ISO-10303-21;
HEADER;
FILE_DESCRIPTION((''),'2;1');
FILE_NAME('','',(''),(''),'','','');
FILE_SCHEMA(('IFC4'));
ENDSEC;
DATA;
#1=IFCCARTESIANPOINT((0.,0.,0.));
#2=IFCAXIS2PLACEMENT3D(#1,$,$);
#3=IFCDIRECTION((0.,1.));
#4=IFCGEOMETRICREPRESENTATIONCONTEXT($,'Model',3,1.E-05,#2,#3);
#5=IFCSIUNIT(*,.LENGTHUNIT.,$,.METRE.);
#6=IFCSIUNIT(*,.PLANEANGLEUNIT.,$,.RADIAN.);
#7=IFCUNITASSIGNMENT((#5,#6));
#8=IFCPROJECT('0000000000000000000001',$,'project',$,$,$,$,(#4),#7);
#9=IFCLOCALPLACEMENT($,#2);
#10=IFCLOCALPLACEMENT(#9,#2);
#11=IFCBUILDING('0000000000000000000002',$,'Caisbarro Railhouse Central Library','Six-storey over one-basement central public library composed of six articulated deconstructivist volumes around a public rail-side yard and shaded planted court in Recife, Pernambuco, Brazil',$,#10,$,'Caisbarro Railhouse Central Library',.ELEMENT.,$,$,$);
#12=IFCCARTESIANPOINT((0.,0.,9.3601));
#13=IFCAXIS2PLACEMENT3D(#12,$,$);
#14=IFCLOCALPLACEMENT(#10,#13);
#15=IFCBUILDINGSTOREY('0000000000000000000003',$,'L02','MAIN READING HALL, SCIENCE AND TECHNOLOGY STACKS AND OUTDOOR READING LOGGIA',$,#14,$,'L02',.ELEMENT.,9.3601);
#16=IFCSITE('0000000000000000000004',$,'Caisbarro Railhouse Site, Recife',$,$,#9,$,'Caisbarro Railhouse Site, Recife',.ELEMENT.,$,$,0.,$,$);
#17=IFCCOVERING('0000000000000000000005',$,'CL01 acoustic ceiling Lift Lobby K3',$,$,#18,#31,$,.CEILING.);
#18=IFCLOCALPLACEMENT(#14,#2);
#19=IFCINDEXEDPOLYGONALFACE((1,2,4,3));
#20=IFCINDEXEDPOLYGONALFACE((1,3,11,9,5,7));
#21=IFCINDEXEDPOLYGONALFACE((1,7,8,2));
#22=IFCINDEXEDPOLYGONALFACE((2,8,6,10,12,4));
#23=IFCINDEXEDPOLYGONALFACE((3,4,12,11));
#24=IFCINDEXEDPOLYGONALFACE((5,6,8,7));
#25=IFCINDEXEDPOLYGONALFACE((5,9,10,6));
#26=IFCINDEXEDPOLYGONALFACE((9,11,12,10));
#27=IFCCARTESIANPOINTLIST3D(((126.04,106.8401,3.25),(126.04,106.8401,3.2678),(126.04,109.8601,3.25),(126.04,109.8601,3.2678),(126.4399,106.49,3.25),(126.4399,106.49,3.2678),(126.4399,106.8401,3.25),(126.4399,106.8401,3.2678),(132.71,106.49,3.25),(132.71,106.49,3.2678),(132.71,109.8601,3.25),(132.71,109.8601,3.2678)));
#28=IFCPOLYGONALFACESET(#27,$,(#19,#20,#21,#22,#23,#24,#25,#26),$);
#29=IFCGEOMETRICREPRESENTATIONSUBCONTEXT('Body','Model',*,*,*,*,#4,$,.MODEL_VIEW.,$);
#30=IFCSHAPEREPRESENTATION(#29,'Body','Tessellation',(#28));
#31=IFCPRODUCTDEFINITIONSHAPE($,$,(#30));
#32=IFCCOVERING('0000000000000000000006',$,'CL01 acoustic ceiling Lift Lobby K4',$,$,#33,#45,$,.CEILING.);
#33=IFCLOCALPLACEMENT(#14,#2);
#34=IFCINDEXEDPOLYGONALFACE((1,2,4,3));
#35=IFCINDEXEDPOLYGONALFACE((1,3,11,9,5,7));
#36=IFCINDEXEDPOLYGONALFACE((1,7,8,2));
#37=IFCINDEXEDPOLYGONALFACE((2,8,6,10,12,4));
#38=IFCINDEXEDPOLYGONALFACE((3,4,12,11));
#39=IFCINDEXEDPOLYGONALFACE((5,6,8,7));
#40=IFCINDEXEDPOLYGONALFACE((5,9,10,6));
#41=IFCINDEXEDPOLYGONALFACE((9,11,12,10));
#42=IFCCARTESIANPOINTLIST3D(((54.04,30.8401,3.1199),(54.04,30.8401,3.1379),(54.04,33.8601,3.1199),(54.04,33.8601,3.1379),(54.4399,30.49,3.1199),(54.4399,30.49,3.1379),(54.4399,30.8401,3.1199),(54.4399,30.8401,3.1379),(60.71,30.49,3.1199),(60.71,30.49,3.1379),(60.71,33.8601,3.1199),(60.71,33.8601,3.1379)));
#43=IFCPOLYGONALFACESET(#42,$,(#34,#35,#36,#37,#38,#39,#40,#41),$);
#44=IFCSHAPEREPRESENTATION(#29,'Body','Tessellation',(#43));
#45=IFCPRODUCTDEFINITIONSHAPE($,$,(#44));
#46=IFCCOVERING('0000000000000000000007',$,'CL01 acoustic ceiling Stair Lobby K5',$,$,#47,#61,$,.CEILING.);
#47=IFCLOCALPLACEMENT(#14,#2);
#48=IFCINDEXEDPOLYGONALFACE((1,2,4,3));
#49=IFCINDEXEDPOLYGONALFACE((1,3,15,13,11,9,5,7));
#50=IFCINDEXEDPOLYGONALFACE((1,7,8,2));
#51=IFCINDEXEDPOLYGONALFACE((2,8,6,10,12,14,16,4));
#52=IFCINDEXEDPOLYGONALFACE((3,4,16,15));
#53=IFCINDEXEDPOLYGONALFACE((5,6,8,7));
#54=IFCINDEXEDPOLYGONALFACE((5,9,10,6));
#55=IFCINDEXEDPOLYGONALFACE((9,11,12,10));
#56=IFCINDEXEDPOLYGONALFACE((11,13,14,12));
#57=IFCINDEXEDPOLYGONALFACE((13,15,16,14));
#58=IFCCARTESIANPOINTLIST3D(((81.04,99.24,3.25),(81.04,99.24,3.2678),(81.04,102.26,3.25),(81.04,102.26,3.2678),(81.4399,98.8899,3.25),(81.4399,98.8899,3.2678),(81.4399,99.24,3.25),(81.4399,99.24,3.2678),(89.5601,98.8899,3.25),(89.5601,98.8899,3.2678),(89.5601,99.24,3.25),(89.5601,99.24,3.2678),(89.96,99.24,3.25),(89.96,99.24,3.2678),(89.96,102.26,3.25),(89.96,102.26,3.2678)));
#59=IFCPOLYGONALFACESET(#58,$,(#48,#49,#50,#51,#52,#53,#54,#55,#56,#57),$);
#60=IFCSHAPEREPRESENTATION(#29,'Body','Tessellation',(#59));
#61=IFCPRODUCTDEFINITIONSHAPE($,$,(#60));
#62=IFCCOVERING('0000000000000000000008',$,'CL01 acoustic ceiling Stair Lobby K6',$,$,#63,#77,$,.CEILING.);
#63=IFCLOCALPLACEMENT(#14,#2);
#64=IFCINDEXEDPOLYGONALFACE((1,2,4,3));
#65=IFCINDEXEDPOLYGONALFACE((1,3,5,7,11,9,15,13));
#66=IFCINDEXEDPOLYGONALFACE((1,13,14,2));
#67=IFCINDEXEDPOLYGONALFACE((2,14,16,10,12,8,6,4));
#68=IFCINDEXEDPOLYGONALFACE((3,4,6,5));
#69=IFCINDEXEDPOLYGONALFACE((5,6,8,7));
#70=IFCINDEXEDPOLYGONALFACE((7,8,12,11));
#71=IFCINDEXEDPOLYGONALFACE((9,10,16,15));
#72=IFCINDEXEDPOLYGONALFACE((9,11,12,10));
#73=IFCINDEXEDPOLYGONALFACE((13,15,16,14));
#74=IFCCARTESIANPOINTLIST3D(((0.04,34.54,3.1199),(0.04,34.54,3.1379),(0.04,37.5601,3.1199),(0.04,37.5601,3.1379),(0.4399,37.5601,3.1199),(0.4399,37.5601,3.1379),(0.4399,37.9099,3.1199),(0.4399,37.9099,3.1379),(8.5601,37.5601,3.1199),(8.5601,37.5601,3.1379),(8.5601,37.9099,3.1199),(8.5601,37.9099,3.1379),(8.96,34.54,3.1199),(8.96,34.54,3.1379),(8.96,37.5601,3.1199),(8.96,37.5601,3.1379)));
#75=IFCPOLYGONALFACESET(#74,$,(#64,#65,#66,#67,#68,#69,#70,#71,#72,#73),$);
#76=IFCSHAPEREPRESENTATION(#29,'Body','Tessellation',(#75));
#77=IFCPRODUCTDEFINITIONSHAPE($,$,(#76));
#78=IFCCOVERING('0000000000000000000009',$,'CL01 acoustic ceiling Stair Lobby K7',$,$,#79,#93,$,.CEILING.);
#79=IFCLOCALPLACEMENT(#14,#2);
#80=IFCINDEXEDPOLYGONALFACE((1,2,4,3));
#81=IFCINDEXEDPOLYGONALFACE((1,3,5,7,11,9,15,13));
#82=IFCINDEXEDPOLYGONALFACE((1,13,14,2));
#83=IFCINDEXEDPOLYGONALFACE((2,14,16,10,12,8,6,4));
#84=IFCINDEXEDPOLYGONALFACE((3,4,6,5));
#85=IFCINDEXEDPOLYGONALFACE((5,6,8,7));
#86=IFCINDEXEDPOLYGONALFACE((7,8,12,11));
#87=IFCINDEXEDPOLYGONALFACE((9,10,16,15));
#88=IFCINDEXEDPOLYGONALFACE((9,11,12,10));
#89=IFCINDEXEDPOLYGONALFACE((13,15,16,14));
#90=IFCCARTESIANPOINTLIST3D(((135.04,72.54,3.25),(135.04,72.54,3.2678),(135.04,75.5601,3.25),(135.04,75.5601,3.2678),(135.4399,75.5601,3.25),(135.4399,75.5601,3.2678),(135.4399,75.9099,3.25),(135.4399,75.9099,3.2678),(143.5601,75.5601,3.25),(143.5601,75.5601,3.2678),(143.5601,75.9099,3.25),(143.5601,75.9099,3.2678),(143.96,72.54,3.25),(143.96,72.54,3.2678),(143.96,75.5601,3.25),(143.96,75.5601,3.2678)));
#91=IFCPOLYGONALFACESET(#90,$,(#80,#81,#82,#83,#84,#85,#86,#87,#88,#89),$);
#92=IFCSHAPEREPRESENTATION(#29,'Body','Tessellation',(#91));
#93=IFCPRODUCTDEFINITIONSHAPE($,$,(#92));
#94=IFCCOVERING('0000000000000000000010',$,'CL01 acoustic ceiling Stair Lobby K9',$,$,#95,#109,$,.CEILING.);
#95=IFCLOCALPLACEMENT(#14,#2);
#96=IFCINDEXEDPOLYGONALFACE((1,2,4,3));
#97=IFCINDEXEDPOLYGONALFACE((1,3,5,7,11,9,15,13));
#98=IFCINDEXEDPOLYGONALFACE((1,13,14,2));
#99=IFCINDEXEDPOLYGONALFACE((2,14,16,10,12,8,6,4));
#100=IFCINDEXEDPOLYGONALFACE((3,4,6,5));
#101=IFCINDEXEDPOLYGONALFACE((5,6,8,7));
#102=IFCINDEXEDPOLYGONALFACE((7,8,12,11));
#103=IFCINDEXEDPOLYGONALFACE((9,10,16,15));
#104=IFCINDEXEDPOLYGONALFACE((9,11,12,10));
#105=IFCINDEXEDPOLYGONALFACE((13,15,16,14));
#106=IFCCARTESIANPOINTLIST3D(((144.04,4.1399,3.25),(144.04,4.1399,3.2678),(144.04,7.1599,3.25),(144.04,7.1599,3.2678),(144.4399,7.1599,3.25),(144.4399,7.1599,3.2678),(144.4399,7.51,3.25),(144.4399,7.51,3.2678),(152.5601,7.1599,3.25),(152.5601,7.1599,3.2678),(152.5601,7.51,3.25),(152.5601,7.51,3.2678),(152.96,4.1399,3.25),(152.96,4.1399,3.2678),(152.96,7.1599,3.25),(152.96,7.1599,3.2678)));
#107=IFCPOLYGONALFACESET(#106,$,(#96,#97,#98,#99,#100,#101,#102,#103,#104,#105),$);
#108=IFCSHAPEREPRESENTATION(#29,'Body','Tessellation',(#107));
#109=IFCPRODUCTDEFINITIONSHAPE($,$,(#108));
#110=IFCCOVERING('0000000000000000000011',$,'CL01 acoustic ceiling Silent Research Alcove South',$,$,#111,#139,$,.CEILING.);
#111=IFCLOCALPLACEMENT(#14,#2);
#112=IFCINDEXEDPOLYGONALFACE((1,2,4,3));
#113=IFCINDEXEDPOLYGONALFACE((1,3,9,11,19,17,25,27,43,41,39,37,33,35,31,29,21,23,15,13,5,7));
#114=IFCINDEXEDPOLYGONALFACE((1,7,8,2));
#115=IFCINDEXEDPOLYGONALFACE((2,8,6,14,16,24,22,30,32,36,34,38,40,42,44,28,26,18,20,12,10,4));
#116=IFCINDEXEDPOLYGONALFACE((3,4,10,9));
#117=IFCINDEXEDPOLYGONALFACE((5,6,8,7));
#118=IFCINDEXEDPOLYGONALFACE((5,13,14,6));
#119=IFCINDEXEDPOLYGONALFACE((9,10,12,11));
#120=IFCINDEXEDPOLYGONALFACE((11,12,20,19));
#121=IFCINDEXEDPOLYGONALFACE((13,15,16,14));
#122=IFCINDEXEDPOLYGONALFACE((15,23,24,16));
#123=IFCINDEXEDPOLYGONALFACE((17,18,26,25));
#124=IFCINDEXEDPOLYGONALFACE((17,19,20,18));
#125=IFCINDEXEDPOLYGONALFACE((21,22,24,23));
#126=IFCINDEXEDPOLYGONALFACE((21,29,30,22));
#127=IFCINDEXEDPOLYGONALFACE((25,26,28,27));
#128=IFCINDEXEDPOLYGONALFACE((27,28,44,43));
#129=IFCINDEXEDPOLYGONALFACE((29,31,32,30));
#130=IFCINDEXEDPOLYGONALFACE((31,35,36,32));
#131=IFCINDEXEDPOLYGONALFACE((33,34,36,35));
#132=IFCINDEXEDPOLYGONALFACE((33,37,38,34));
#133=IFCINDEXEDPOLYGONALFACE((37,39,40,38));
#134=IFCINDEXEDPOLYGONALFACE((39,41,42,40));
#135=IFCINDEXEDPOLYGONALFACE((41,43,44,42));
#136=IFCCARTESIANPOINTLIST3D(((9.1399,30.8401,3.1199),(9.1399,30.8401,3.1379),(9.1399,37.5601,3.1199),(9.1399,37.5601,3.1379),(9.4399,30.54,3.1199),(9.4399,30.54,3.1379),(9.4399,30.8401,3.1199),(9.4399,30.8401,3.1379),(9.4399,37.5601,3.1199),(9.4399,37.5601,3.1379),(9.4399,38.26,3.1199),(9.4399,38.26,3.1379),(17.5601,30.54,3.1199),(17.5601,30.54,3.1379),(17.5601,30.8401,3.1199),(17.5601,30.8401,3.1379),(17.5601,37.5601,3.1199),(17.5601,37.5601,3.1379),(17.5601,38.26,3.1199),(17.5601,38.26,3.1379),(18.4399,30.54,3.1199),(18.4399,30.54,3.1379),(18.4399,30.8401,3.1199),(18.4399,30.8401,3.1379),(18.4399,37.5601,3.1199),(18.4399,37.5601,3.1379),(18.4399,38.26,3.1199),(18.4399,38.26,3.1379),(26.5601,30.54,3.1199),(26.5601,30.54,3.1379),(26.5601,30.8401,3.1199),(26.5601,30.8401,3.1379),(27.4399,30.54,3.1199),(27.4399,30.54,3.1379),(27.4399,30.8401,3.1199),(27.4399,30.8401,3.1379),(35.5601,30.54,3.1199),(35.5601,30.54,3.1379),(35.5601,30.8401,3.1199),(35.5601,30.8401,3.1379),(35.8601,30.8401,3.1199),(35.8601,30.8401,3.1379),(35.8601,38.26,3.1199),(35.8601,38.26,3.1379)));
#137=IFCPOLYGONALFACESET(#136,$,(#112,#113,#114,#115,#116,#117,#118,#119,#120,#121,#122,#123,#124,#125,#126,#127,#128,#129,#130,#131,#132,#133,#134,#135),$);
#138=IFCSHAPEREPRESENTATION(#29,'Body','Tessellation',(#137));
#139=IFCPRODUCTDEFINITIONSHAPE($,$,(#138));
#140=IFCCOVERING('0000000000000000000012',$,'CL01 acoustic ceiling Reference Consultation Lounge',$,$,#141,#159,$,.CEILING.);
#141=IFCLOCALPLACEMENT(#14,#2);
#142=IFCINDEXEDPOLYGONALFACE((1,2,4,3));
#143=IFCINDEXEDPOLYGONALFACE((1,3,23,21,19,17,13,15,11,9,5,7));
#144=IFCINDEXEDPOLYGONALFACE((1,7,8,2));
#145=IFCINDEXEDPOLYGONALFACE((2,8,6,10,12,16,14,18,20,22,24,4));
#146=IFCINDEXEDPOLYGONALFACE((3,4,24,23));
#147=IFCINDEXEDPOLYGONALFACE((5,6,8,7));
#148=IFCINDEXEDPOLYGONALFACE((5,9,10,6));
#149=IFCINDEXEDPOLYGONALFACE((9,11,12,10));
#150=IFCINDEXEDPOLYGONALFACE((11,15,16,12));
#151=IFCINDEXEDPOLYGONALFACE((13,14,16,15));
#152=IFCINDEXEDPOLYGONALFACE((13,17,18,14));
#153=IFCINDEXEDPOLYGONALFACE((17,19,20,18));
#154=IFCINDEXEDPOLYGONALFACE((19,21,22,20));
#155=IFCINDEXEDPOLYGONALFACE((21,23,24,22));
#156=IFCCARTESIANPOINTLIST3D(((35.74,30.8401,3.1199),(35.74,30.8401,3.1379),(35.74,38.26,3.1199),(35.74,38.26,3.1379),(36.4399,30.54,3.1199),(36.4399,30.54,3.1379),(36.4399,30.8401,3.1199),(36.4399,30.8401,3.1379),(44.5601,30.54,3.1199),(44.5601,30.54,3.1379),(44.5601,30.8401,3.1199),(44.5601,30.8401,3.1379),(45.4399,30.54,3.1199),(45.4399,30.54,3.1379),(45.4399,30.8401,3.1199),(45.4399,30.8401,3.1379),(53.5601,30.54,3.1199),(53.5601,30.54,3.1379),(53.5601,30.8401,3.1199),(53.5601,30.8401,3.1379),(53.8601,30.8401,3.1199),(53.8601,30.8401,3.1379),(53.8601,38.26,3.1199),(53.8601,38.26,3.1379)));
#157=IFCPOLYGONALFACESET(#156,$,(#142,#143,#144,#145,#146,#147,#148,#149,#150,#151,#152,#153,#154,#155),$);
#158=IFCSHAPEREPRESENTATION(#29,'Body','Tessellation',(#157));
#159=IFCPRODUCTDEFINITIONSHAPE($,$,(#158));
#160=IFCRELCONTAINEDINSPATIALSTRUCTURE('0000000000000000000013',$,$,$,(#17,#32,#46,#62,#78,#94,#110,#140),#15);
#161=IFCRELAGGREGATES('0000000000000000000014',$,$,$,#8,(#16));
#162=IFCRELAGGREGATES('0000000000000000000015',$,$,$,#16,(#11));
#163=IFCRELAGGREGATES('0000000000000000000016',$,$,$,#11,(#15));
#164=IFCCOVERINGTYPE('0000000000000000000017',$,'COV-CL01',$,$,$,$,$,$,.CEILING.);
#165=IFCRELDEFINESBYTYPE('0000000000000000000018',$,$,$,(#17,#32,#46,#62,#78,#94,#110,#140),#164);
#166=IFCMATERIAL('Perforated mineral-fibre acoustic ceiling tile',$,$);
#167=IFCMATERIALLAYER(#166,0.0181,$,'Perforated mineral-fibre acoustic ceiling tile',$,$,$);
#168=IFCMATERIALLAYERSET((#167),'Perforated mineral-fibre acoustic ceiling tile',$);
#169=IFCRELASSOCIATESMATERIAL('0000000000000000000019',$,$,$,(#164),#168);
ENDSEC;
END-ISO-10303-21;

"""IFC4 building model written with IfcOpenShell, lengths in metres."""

from ifc_helpers import new_model, si_unit, direction, frame, origin, place, context, subcontext, project, spatial, polyline, outline, extrude, material, layer, layer_set, type_object, element, save


model = new_model("IFC4")

# Units and contexts
model_context = context("Model", 3, precision=1e-05, world=origin(), true_north=direction((0.0, 1.0)))
body_context = subcontext(model_context, "Body", "Model", "MODEL_VIEW")
ifc_project = project(units=[si_unit("LENGTHUNIT", "METRE"), si_unit("PLANEANGLEUNIT", "RADIAN")], contexts=[model_context])

# Site, building, storey
site_placement = place(None, origin())
site = spatial("IfcSite", under=ifc_project, at=site_placement, Name="Caisbarro Railhouse Site, Recife", LongName="Caisbarro Railhouse Site, Recife", CompositionType="ELEMENT", RefElevation=0.0)
building_placement = place(site_placement, origin())
building = spatial("IfcBuilding", under=site, at=building_placement, Name="Caisbarro Railhouse Central Library", Description="Six-storey over one-basement central public library composed of six articulated deconstructivist volumes around a public rail-side yard and shaded planted court in Recife, Pernambuco, Brazil", LongName="Caisbarro Railhouse Central Library", CompositionType="ELEMENT")
storey_placement = place(building_placement, frame((0.0, 0.0, 9.3601)))
storey = spatial("IfcBuildingStorey", under=building, at=storey_placement, Name="L02", Description="MAIN READING HALL, SCIENCE AND TECHNOLOGY STACKS AND OUTDOOR READING LOGGIA", LongName="L02", CompositionType="ELEMENT", Elevation=9.3601)

# Coverings
ifc_material_1 = material(Name="Perforated mineral-fibre acoustic ceiling tile")
ifc_layer_1 = layer(ifc_material_1, 0.0181, Name="Perforated mineral-fibre acoustic ceiling tile")
ifc_layer_set_1 = layer_set([ifc_layer_1], Name="Perforated mineral-fibre acoustic ceiling tile")
covering_type_1 = type_object("IfcCoveringType", Name="COV-CL01", PredefinedType="CEILING", material=ifc_layer_set_1)
covering_1_placement = place(storey_placement, frame((0.0, 0.0, 3.25)))
element("IfcCovering", 1, at=covering_1_placement, inside=storey, type_object=covering_type_1, Name="CL01 acoustic ceiling Lift Lobby K3", PredefinedType="CEILING", context=body_context, shape_type="SweptSolid", body=[
    extrude(outline(polyline([(126.04, 109.8601), (132.71, 109.8601), (132.71, 106.49), (126.4399, 106.49), (126.4399, 106.8401), (126.04, 106.8401), (126.04, 109.8601)])), origin(), (0.0, 0.0, 1.0), 0.0178),
])
covering_2_placement = place(storey_placement, frame((0.0, 0.0, 3.1199)))
element("IfcCovering", 2, at=covering_2_placement, inside=storey, type_object=covering_type_1, Name="CL01 acoustic ceiling Lift Lobby K4", PredefinedType="CEILING", context=body_context, shape_type="SweptSolid", body=[
    extrude(outline(polyline([(54.04, 33.8601), (60.71, 33.8601), (60.71, 30.49), (54.4399, 30.49), (54.4399, 30.8401), (54.04, 30.8401), (54.04, 33.8601)])), origin(), (0.0, 0.0, 1.0), 0.0181),
])
covering_3_placement = place(storey_placement, frame((0.0, 0.0, 3.25)))
element("IfcCovering", 3, at=covering_3_placement, inside=storey, type_object=covering_type_1, Name="CL01 acoustic ceiling Stair Lobby K5", PredefinedType="CEILING", context=body_context, shape_type="SweptSolid", body=[
    extrude(outline(polyline([(89.96, 102.26), (89.96, 99.24), (89.5601, 99.24), (89.5601, 98.8899), (81.4399, 98.8899), (81.4399, 99.24), (81.04, 99.24), (81.04, 102.26), (89.96, 102.26)])), origin(), (0.0, 0.0, 1.0), 0.0178),
])
covering_4_placement = place(storey_placement, frame((0.0, 0.0, 3.1199)))
element("IfcCovering", 4, at=covering_4_placement, inside=storey, type_object=covering_type_1, Name="CL01 acoustic ceiling Stair Lobby K6", PredefinedType="CEILING", context=body_context, shape_type="SweptSolid", body=[
    extrude(outline(polyline([(0.4399, 37.5601), (0.4399, 37.9099), (8.5601, 37.9099), (8.5601, 37.5601), (8.96, 37.5601), (8.96, 34.54), (0.04, 34.54), (0.04, 37.5601), (0.4399, 37.5601)])), origin(), (0.0, 0.0, 1.0), 0.0181),
])
covering_5_placement = place(storey_placement, frame((0.0, 0.0, 3.25)))
element("IfcCovering", 5, at=covering_5_placement, inside=storey, type_object=covering_type_1, Name="CL01 acoustic ceiling Stair Lobby K7", PredefinedType="CEILING", context=body_context, shape_type="SweptSolid", body=[
    extrude(outline(polyline([(135.4399, 75.5601), (135.4399, 75.9099), (143.5601, 75.9099), (143.5601, 75.5601), (143.96, 75.5601), (143.96, 72.54), (135.04, 72.54), (135.04, 75.5601), (135.4399, 75.5601)])), origin(), (0.0, 0.0, 1.0), 0.0178),
])
covering_6_placement = place(storey_placement, frame((0.0, 0.0, 3.25)))
element("IfcCovering", 6, at=covering_6_placement, inside=storey, type_object=covering_type_1, Name="CL01 acoustic ceiling Stair Lobby K9", PredefinedType="CEILING", context=body_context, shape_type="SweptSolid", body=[
    extrude(outline(polyline([(144.4399, 7.1599), (144.4399, 7.51), (152.5601, 7.51), (152.5601, 7.1599), (152.96, 7.1599), (152.96, 4.1399), (144.04, 4.1399), (144.04, 7.1599), (144.4399, 7.1599)])), origin(), (0.0, 0.0, 1.0), 0.0178),
])
covering_7_placement = place(storey_placement, frame((0.0, 0.0, 3.1199)))
element("IfcCovering", 7, at=covering_7_placement, inside=storey, type_object=covering_type_1, Name="CL01 acoustic ceiling Silent Research Alcove South", PredefinedType="CEILING", context=body_context, shape_type="SweptSolid", body=[
    extrude(outline(polyline([(17.5601, 30.8401), (17.5601, 30.54), (9.4399, 30.54), (9.4399, 30.8401), (9.1399, 30.8401), (9.1399, 37.5601), (9.4399, 37.5601), (9.4399, 38.26), (17.5601, 38.26), (17.5601, 37.5601), (18.4399, 37.5601), (18.4399, 38.26), (35.8601, 38.26), (35.8601, 30.8401), (35.5601, 30.8401), (35.5601, 30.54), (27.4399, 30.54), (27.4399, 30.8401), (26.5601, 30.8401), (26.5601, 30.54), (18.4399, 30.54), (18.4399, 30.8401), (17.5601, 30.8401)])), origin(), (0.0, 0.0, 1.0), 0.0181),
])
covering_8_placement = place(storey_placement, frame((0.0, 0.0, 3.1199)))
element("IfcCovering", 8, at=covering_8_placement, inside=storey, type_object=covering_type_1, Name="CL01 acoustic ceiling Reference Consultation Lounge", PredefinedType="CEILING", context=body_context, shape_type="SweptSolid", body=[
    extrude(outline(polyline([(53.8601, 30.8401), (53.5601, 30.8401), (53.5601, 30.54), (45.4399, 30.54), (45.4399, 30.8401), (44.5601, 30.8401), (44.5601, 30.54), (36.4399, 30.54), (36.4399, 30.8401), (35.74, 30.8401), (35.74, 38.26), (53.8601, 38.26), (53.8601, 30.8401)])), origin(), (0.0, 0.0, 1.0), 0.0181),
])

save(model, "model.ifc")
